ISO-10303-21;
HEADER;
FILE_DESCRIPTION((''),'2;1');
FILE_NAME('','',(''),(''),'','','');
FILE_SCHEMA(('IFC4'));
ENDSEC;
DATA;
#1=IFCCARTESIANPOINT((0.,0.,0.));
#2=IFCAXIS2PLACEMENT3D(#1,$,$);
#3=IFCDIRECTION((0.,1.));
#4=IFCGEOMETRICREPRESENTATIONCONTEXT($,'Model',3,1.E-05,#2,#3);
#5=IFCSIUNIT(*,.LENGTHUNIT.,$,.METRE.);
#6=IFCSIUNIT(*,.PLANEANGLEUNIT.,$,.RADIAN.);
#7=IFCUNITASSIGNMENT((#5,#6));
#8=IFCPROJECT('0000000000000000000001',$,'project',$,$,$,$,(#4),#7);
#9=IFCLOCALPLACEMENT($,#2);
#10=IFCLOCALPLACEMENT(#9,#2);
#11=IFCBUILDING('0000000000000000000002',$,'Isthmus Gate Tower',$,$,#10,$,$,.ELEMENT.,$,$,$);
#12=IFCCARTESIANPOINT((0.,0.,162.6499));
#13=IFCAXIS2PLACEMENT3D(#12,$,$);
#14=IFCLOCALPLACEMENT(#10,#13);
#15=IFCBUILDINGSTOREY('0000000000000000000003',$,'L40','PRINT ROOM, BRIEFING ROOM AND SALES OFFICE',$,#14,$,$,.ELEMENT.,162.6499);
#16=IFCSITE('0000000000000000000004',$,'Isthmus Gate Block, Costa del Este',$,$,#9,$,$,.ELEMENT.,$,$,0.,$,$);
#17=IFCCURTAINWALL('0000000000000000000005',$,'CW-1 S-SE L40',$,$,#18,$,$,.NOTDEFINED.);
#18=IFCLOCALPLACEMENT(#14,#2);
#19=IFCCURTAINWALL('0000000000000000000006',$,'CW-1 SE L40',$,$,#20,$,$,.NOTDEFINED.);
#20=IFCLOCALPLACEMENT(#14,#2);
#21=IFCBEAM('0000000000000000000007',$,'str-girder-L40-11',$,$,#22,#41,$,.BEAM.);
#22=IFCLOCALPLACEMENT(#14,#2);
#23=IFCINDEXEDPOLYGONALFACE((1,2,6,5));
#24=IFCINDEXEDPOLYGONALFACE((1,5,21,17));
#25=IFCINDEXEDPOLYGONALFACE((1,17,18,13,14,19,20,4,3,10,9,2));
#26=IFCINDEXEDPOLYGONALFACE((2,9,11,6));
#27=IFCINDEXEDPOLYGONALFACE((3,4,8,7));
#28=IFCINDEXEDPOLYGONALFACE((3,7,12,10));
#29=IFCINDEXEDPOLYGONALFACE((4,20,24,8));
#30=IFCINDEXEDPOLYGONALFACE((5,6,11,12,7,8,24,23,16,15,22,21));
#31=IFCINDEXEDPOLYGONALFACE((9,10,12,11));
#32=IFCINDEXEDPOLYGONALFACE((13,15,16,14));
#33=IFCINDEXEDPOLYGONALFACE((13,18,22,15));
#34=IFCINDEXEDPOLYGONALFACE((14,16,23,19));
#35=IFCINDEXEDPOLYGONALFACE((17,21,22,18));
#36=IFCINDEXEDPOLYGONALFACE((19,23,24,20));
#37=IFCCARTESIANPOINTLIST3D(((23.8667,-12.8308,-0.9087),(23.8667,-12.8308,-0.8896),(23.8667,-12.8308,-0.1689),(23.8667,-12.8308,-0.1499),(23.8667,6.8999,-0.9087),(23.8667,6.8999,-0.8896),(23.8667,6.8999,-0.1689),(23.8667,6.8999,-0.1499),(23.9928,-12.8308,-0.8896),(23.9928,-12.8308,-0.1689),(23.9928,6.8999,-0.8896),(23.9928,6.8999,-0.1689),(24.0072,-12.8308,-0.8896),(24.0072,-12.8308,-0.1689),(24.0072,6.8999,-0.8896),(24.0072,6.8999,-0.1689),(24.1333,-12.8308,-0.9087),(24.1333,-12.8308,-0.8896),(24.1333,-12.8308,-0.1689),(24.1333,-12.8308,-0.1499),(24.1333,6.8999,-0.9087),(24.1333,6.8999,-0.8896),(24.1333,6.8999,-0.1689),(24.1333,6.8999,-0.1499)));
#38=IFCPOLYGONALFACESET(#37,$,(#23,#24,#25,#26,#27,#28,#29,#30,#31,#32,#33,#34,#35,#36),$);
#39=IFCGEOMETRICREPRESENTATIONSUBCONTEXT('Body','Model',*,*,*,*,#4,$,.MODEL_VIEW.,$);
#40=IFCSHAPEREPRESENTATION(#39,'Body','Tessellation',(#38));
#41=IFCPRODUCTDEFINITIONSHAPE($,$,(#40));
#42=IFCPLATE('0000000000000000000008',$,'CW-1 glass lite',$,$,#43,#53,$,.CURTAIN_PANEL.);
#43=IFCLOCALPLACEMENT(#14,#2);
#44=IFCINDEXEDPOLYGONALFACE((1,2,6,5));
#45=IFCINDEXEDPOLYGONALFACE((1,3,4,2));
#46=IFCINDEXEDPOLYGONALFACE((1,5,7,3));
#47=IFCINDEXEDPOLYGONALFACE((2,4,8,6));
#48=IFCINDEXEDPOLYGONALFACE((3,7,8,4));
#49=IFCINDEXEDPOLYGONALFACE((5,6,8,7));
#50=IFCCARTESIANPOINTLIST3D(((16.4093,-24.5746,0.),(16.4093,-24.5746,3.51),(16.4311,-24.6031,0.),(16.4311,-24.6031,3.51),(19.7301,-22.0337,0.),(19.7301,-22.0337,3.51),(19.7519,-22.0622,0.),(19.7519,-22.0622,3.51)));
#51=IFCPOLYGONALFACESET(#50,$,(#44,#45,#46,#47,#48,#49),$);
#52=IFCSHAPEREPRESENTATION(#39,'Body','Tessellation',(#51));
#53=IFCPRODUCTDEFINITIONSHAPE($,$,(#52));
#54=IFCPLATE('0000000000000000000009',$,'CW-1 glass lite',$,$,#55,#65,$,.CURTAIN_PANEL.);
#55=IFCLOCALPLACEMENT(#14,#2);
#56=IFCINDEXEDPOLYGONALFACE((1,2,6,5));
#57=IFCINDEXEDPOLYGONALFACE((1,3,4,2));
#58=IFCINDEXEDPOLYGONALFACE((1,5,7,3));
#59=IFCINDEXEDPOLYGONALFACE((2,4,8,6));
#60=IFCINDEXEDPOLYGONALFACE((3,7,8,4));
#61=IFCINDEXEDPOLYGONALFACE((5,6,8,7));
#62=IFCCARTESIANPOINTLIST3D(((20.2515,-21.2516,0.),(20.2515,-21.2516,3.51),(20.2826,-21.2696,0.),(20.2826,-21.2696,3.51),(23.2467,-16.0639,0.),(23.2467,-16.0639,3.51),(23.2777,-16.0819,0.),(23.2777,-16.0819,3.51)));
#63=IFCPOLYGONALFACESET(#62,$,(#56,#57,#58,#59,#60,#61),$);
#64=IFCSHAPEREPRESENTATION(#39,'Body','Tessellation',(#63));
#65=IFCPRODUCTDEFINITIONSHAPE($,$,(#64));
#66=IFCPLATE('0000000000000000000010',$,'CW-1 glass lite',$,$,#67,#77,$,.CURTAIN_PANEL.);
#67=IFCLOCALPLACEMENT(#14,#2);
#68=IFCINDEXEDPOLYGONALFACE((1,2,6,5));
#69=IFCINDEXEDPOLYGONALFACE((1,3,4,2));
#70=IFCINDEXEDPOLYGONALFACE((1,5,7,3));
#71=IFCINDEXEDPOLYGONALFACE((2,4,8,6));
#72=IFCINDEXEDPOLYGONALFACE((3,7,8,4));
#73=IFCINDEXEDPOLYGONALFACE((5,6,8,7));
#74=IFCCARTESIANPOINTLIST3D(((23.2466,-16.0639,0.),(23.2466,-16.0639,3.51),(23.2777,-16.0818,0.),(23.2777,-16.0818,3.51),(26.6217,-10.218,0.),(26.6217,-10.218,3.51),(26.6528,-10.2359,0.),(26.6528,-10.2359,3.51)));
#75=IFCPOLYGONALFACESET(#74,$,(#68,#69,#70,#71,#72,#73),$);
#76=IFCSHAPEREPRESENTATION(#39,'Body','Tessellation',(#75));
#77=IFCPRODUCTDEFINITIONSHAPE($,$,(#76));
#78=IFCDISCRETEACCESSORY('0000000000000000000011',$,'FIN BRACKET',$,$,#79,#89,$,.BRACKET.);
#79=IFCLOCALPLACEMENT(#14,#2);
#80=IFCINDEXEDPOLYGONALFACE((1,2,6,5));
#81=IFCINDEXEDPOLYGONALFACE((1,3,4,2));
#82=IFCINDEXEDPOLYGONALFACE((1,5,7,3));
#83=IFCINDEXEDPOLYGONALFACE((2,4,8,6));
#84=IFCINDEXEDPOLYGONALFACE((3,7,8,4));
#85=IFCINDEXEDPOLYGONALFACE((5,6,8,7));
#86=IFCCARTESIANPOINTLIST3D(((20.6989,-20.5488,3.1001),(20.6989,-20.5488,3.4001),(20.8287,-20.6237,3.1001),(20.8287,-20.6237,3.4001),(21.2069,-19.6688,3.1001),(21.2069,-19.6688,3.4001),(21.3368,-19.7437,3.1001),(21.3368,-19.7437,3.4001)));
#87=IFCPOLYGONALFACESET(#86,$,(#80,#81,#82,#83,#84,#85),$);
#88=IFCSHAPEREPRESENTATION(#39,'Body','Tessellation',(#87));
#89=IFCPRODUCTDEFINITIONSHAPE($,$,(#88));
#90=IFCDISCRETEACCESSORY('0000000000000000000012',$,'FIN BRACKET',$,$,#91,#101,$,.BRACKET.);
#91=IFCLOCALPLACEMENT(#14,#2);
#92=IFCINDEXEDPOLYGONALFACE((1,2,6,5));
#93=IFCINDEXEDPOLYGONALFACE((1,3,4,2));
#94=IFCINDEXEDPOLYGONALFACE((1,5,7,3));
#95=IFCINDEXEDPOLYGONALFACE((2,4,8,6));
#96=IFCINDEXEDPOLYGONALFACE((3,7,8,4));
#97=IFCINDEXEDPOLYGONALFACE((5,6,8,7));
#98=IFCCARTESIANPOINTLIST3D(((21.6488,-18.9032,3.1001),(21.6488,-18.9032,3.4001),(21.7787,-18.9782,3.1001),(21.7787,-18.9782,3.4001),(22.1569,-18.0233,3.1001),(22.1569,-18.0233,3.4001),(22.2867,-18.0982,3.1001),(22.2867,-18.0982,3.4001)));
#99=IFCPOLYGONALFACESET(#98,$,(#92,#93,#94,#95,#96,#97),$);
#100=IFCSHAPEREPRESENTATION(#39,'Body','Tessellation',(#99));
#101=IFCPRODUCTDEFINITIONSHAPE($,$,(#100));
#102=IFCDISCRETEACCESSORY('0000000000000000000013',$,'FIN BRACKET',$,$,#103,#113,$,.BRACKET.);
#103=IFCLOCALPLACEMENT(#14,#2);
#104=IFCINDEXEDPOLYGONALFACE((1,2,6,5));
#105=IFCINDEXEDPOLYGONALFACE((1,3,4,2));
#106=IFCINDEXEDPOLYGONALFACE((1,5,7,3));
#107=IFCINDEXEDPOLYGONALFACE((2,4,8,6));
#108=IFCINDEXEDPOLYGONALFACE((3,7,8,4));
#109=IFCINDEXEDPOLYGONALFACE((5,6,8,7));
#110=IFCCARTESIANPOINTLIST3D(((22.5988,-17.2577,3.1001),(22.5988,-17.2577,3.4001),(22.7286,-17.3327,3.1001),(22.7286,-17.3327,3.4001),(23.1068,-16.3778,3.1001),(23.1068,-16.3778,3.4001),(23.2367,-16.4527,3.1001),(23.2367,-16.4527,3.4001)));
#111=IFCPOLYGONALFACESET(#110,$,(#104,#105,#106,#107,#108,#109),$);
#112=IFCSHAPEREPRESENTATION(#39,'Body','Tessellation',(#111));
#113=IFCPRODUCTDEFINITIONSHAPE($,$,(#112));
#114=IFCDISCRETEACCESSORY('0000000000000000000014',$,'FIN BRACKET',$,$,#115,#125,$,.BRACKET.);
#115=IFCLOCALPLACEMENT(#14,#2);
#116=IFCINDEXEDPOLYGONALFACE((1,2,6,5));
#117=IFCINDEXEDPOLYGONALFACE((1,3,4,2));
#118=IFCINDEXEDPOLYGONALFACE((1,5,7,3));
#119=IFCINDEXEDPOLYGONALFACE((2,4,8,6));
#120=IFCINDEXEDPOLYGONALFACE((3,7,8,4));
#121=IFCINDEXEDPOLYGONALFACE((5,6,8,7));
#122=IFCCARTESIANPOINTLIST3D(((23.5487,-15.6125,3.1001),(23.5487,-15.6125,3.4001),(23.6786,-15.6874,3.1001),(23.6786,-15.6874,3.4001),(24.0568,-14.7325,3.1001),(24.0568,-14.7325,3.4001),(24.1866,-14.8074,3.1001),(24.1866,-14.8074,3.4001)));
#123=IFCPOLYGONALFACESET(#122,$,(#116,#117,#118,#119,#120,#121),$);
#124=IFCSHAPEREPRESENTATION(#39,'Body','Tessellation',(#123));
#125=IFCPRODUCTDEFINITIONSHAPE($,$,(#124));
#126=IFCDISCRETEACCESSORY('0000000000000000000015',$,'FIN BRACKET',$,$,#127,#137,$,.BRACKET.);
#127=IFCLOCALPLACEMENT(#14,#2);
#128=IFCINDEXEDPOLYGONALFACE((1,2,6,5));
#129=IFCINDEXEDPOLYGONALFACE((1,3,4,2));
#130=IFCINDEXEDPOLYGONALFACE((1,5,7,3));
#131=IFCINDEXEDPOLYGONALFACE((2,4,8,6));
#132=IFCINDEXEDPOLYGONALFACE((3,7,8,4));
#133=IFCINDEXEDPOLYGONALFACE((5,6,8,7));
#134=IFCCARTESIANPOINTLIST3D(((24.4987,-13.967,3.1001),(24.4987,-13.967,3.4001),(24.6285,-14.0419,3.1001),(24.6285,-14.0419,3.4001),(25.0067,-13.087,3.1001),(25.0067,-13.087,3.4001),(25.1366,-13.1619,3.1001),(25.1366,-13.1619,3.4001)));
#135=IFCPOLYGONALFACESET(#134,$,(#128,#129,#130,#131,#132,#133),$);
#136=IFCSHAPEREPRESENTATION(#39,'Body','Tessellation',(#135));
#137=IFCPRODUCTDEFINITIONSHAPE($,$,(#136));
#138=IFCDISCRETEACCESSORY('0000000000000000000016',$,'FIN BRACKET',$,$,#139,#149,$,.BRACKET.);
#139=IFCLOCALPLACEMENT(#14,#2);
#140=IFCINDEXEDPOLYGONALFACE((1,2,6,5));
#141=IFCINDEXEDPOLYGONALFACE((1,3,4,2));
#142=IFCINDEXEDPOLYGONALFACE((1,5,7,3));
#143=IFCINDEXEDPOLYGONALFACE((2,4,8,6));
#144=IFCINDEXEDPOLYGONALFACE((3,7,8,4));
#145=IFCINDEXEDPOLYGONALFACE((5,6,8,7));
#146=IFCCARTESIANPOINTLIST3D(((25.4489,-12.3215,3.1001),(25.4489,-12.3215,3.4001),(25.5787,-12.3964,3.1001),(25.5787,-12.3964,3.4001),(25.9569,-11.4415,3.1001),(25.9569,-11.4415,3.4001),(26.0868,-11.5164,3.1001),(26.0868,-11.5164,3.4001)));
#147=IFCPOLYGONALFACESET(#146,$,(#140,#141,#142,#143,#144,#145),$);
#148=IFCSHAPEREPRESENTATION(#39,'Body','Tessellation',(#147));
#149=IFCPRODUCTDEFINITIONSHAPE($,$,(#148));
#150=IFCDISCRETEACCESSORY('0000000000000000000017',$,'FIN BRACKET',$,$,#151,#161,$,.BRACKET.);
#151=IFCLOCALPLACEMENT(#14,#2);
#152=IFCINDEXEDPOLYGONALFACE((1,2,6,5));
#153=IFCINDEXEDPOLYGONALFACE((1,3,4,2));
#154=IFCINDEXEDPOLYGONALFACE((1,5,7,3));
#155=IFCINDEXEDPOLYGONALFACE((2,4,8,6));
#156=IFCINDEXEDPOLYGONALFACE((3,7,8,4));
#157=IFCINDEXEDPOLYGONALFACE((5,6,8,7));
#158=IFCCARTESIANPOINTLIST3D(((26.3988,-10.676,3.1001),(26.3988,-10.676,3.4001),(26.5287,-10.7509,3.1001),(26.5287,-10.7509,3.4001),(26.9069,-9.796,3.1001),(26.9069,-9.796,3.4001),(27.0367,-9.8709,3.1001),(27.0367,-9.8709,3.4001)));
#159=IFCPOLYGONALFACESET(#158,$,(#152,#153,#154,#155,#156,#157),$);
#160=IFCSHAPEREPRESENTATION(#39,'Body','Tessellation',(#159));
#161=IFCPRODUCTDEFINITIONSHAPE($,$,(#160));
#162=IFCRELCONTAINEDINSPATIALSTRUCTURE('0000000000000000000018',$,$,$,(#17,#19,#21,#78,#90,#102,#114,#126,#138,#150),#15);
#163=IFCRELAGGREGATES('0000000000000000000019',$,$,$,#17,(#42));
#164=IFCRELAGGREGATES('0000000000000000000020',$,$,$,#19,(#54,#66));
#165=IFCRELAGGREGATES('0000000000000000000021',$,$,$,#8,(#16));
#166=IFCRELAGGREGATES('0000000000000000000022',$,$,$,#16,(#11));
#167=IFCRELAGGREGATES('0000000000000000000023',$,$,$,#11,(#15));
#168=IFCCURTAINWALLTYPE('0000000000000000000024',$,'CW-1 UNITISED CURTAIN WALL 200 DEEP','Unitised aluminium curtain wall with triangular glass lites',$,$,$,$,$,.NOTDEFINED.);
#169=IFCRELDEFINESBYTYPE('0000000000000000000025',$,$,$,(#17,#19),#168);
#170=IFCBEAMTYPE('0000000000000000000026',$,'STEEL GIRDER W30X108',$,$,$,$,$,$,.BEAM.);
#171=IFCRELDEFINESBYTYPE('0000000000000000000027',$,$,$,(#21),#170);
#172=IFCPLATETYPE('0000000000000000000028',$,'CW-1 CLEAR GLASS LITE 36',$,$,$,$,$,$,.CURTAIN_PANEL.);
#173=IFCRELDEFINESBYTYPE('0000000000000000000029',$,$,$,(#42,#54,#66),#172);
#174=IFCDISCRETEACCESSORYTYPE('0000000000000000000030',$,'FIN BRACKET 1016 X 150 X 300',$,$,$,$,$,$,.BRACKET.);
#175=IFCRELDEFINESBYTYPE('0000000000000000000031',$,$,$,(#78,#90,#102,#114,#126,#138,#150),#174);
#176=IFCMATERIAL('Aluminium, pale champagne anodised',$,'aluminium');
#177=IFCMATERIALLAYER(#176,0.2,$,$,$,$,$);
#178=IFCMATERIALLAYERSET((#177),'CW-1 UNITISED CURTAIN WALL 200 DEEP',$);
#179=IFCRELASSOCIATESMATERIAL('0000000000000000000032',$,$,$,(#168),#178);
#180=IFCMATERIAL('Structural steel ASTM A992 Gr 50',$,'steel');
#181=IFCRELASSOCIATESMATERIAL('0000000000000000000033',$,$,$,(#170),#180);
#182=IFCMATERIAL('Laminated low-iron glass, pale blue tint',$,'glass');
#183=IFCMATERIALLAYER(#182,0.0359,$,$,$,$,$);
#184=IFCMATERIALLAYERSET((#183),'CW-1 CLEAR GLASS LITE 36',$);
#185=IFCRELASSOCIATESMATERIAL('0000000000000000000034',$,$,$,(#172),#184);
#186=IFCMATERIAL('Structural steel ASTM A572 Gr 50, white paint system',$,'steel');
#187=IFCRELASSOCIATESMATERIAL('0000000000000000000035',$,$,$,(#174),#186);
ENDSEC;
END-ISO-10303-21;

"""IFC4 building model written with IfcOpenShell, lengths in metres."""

from ifc_helpers import new_model, si_unit, direction, frame, origin, origin_2d, place, context, subcontext, project, spatial, rectangle, i_section, extrude, material, layer, layer_set, material_profile, profile_set, type_object, element, aggregate, save


model = new_model("IFC4")

# Units and contexts
model_context = context("Model", 3, precision=1e-05, world=origin(), true_north=direction((0.0, 1.0)))
body_context = subcontext(model_context, "Body", "Model", "MODEL_VIEW")
ifc_project = project(units=[si_unit("LENGTHUNIT", "METRE"), si_unit("PLANEANGLEUNIT", "RADIAN")], contexts=[model_context])

# Site, building, storey
site_placement = place(None, origin())
site = spatial("IfcSite", under=ifc_project, at=site_placement, Name="Isthmus Gate Block, Costa del Este", CompositionType="ELEMENT", RefElevation=0.0)
building_placement = place(site_placement, origin())
building = spatial("IfcBuilding", under=site, at=building_placement, Name="Isthmus Gate Tower", CompositionType="ELEMENT")
storey_placement = place(building_placement, frame((0.0, 0.0, 162.6499)))
storey = spatial("IfcBuildingStorey", under=building, at=storey_placement, Name="L40", Description="PRINT ROOM, BRIEFING ROOM AND SALES OFFICE", CompositionType="ELEMENT", Elevation=162.6499)

# Curtain wall
ifc_material_1 = material(Name="Aluminium, pale champagne anodised", Category="aluminium")
ifc_layer_1 = layer(ifc_material_1, 0.2)
ifc_layer_set_1 = layer_set([ifc_layer_1], Name="CW-1 UNITISED CURTAIN WALL 200 DEEP")
curtain_wall_type = type_object("IfcCurtainWallType", Name="CW-1 UNITISED CURTAIN WALL 200 DEEP", Description="Unitised aluminium curtain wall with triangular glass lites", PredefinedType="NOTDEFINED", material=ifc_layer_set_1)
curtain_wall_1_placement = place(storey_placement, origin())
curtain_wall_1 = element("IfcCurtainWall", 1, at=curtain_wall_1_placement, inside=storey, type_object=curtain_wall_type, Name="CW-1 S-SE L40", PredefinedType="NOTDEFINED")

# Curtain wall
curtain_wall_2_placement = place(storey_placement, origin())
curtain_wall_2 = element("IfcCurtainWall", 2, at=curtain_wall_2_placement, inside=storey, type_object=curtain_wall_type, Name="CW-1 SE L40", PredefinedType="NOTDEFINED")

# Beam
ifc_material_2 = material(Name="Structural steel ASTM A992 Gr 50", Category="steel")
ifc_material_profile_1 = material_profile(ifc_material_2, i_section(OverallWidth=0.2666, OverallDepth=0.7588, WebThickness=0.0144, FlangeThickness=0.019, at=origin_2d()), Name="W30X108")
ifc_profile_set_1 = profile_set([ifc_material_profile_1], Name="Structural steel ASTM A992 Gr 50")
beam_type_1 = type_object("IfcBeamType", Name="STEEL GIRDER W30X108", PredefinedType="BEAM", material=ifc_profile_set_1)
beam_1_placement = place(storey_placement, frame((24.0, -12.8308, -0.5293), z_axis=(0.0, 1.0, 0.0), x_axis=(-1.0, 0.0, 0.0)))
element("IfcBeam", 3, at=beam_1_placement, inside=storey, type_object=beam_type_1, Name="str-girder-L40-11", PredefinedType="BEAM", context=body_context, shape_type="SweptSolid", body=[
    extrude(i_section(OverallWidth=0.2666, OverallDepth=0.7588, WebThickness=0.0144, FlangeThickness=0.019, at=origin_2d()), origin(), (0.0, 0.0, 1.0), 19.7307),
])

# Plates
ifc_material_3 = material(Name="Laminated low-iron glass, pale blue tint", Category="glass")
ifc_layer_2 = layer(ifc_material_3, 0.0359)
ifc_layer_set_2 = layer_set([ifc_layer_2], Name="CW-1 CLEAR GLASS LITE 36")
plate_type = type_object("IfcPlateType", Name="CW-1 CLEAR GLASS LITE 36", PredefinedType="CURTAIN_PANEL", material=ifc_layer_set_2)
plate_1_placement = place(storey_placement, frame((18.0806, -23.3184, 0.0), z_axis=(0.0, 0.0, 1.0), x_axis=(0.794189, 0.607671, 0.0)))
plate_1 = element("IfcPlate", 4, at=plate_1_placement, type_object=plate_type, Name="CW-1 glass lite", PredefinedType="CURTAIN_PANEL", context=body_context, shape_type="SweptSolid", body=[
    extrude(rectangle(XDim=4.1814, YDim=0.0359, at=origin_2d()), origin(), (0.0, 0.0, 1.0), 3.51),
])
aggregate(curtain_wall_1, [plate_1])
plate_2_placement = place(storey_placement, frame((21.7646, -18.6667, 0.0), z_axis=(0.0, 0.0, 1.0), x_axis=(0.5, 0.866025, 0.0)))
plate_2 = element("IfcPlate", 5, at=plate_2_placement, type_object=plate_type, Name="CW-1 glass lite", PredefinedType="CURTAIN_PANEL", context=body_context, shape_type="SweptSolid", body=[
    extrude(rectangle(XDim=5.9902, YDim=0.0359, at=origin_2d()), origin(), (0.0, 0.0, 1.0), 3.51),
])
plate_3_placement = place(storey_placement, frame((24.9497, -13.1499, 0.0), z_axis=(0.0, 0.0, 1.0), x_axis=(0.5, 0.866025, 0.0)))
plate_3 = element("IfcPlate", 6, at=plate_3_placement, type_object=plate_type, Name="CW-1 glass lite", PredefinedType="CURTAIN_PANEL", context=body_context, shape_type="SweptSolid", body=[
    extrude(rectangle(XDim=6.7502, YDim=0.0359, at=origin_2d()), origin(), (0.0, 0.0, 1.0), 3.51),
])
aggregate(curtain_wall_2, [plate_2, plate_3])

# Discrete accessories
ifc_material_4 = material(Name="Structural steel ASTM A572 Gr 50, white paint system", Category="steel")
discrete_accessory_type = type_object("IfcDiscreteAccessoryType", Name="FIN BRACKET 1016 X 150 X 300", PredefinedType="BRACKET", material=ifc_material_4)
for number, where, z_axis, x_axis, name in (
    (7, (21.0178, -20.1462, 3.1001), (0.0, 0.0, 1.0), (0.866025, -0.5, 0.0), "FIN BRACKET"),
    (8, (21.9678, -18.5007, 3.1001), (0.0, 0.0, 1.0), (0.866025, -0.5, 0.0), "FIN BRACKET"),
    (9, (22.9177, -16.8552, 3.1001), (0.0, 0.0, 1.0), (0.866025, -0.5, 0.0), "FIN BRACKET"),
    (10, (23.8677, -15.21, 3.1001), (0.0, 0.0, 1.0), (0.866025, -0.5, 0.0), "FIN BRACKET"),
    (11, (24.8176, -13.5645, 3.1001), (0.0, 0.0, 1.0), (0.866025, -0.5, 0.0), "FIN BRACKET"),
    (12, (25.7678, -11.9189, 3.1001), (0.0, 0.0, 1.0), (0.866025, -0.5, 0.0), "FIN BRACKET"),
    (13, (26.7178, -10.2734, 3.1001), (0.0, 0.0, 1.0), (0.866025, -0.5, 0.0), "FIN BRACKET"),
):
    element("IfcDiscreteAccessory", number, at=place(storey_placement, frame(where, z_axis=z_axis, x_axis=x_axis)), inside=storey, type_object=discrete_accessory_type, Name=name, PredefinedType="BRACKET", context=body_context, shape_type="SweptSolid", body=[
        extrude(rectangle(XDim=0.1499, YDim=1.0161, at=origin_2d()), origin(), (0.0, 0.0, 1.0), 0.3),
    ])

save(model, "model.ifc")
